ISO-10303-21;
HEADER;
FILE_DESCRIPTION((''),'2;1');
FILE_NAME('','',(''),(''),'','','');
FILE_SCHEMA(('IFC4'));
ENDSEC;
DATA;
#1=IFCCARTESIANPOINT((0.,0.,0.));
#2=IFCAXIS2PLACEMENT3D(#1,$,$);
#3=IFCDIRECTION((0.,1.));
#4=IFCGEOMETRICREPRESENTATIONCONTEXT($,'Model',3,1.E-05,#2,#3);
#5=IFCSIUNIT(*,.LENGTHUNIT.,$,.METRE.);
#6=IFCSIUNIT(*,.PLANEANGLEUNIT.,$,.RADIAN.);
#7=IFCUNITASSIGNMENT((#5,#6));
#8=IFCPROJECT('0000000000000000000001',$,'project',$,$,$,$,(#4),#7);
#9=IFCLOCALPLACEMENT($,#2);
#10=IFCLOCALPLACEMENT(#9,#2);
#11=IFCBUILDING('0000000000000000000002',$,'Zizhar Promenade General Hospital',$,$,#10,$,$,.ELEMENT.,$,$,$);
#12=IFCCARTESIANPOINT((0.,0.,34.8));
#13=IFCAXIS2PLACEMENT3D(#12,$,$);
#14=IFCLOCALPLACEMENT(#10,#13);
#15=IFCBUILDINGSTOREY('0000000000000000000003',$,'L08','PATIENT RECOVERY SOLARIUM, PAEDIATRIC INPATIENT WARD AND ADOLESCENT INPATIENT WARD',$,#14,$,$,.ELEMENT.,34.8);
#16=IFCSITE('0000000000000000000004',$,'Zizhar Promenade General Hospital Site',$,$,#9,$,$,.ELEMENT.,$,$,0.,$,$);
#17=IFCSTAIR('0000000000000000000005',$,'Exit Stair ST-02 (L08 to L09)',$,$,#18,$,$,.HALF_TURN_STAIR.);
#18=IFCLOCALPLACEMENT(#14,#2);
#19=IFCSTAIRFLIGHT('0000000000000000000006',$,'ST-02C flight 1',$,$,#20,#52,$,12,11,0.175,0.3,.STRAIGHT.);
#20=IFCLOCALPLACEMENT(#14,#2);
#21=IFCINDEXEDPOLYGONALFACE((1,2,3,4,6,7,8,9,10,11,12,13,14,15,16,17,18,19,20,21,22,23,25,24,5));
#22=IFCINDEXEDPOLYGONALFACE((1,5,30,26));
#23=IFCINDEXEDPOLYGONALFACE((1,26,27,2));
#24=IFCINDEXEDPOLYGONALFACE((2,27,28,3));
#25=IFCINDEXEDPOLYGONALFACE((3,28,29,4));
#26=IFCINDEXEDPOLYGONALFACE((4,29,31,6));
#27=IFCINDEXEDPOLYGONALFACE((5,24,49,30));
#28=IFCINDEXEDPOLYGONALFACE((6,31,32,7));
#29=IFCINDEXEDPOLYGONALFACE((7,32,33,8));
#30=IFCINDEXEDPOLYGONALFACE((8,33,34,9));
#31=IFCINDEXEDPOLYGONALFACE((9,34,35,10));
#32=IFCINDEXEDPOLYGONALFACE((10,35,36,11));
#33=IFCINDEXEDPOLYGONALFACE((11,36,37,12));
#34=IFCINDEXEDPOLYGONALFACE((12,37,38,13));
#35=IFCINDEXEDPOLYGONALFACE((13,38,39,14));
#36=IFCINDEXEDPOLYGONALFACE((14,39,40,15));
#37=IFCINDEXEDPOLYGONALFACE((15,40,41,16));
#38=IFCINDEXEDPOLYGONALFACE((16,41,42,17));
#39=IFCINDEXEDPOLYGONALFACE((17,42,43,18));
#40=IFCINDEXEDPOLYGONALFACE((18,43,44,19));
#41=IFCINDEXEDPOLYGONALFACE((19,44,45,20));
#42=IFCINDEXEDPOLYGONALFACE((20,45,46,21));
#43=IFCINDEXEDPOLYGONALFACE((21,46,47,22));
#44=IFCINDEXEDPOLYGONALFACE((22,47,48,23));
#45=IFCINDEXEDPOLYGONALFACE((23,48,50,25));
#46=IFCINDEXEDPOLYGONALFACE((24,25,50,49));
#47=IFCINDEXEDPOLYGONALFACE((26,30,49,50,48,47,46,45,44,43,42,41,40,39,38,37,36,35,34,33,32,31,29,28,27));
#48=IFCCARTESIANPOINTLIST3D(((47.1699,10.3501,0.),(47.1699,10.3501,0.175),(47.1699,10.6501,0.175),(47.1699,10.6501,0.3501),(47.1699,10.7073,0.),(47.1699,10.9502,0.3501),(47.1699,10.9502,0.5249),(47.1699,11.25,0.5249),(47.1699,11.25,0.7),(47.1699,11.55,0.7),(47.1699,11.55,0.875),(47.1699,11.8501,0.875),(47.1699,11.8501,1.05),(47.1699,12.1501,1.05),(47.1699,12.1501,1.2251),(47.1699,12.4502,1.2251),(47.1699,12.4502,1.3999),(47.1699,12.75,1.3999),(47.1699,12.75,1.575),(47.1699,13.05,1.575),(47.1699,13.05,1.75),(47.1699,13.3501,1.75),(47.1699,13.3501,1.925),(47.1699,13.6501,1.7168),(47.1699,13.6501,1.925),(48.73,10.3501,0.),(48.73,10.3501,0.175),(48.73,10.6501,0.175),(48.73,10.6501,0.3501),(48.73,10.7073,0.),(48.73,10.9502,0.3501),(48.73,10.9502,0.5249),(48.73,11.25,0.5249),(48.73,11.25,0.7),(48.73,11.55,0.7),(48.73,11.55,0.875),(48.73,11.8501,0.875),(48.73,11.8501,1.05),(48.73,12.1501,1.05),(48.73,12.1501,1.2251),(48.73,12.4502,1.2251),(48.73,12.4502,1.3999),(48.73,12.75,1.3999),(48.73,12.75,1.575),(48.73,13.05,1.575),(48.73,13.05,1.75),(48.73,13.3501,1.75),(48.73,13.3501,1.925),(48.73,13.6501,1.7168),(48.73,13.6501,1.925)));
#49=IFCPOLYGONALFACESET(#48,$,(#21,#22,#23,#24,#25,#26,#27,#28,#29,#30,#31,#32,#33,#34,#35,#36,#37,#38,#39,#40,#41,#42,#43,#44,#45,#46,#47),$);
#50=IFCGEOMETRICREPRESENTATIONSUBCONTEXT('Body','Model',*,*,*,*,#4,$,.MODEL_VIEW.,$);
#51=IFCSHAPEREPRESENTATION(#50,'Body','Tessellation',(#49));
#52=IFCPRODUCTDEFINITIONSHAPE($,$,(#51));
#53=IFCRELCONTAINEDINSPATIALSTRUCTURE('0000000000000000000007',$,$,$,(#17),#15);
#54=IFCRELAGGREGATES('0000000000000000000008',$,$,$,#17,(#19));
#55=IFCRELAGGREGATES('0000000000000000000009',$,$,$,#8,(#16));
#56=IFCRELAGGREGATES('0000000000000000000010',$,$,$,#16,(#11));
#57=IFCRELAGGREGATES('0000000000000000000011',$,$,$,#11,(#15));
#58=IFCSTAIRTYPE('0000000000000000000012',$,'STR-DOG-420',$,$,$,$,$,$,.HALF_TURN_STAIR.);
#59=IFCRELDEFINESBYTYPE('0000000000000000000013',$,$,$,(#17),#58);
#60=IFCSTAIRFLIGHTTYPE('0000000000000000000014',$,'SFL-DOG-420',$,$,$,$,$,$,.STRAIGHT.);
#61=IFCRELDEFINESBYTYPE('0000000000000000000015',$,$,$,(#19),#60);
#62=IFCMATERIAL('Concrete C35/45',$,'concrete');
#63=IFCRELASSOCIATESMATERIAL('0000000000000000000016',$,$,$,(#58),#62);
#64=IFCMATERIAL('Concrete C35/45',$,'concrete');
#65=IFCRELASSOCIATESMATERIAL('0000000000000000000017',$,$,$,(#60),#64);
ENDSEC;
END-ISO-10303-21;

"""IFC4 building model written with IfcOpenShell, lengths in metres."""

from ifc_helpers import new_model, si_unit, direction, frame, origin, place, context, subcontext, project, spatial, polyline, outline, extrude, material, type_object, element, aggregate, save


model = new_model("IFC4")

# Units and contexts
model_context = context("Model", 3, precision=1e-05, world=origin(), true_north=direction((0.0, 1.0)))
body_context = subcontext(model_context, "Body", "Model", "MODEL_VIEW")
ifc_project = project(units=[si_unit("LENGTHUNIT", "METRE"), si_unit("PLANEANGLEUNIT", "RADIAN")], contexts=[model_context])

# Site, building, storey
site_placement = place(None, origin())
site = spatial("IfcSite", under=ifc_project, at=site_placement, Name="Zizhar Promenade General Hospital Site", CompositionType="ELEMENT", RefElevation=0.0)
building_placement = place(site_placement, origin())
building = spatial("IfcBuilding", under=site, at=building_placement, Name="Zizhar Promenade General Hospital", CompositionType="ELEMENT")
storey_placement = place(building_placement, frame((0.0, 0.0, 34.8)))
storey = spatial("IfcBuildingStorey", under=building, at=storey_placement, Name="L08", Description="PATIENT RECOVERY SOLARIUM, PAEDIATRIC INPATIENT WARD AND ADOLESCENT INPATIENT WARD", CompositionType="ELEMENT", Elevation=34.8)

# Stair, stair flight
ifc_material_1 = material(Name="Concrete C35/45", Category="concrete")
stair_type = type_object("IfcStairType", Name="STR-DOG-420", PredefinedType="HALF_TURN_STAIR", material=ifc_material_1)
stair_placement = place(storey_placement, origin())
stair = element("IfcStair", 1, at=stair_placement, inside=storey, type_object=stair_type, Name="Exit Stair ST-02 (L08 to L09)", PredefinedType="HALF_TURN_STAIR")
ifc_material_2 = material(Name="Concrete C35/45", Category="concrete")
stair_flight_type = type_object("IfcStairFlightType", Name="SFL-DOG-420", PredefinedType="STRAIGHT", material=ifc_material_2)
stair_flight_placement = place(storey_placement, frame((47.95, 10.3501, 0.0), z_axis=(0.0, 0.0, 1.0), x_axis=(0.0, 1.0, 0.0)))
stair_flight = element("IfcStairFlight", 2, at=stair_flight_placement, type_object=stair_flight_type, Name="ST-02C flight 1", NumberOfRisers=12, NumberOfTreads=11, PredefinedType="STRAIGHT", RiserHeight=0.175, TreadLength=0.3, context=body_context, shape_type="SweptSolid", body=[
    extrude(outline(polyline([(0.0, 0.0), (0.0, 0.175), (0.3, 0.175), (0.3, 0.3501), (0.6001, 0.3501), (0.6001, 0.5249), (0.8999, 0.5249), (0.8999, 0.7), (1.2, 0.7), (1.2, 0.875), (1.5, 0.875), (1.5, 1.05), (1.8, 1.05), (1.8, 1.2251), (2.1001, 1.2251), (2.1001, 1.3999), (2.3999, 1.3999), (2.3999, 1.575), (2.7, 1.575), (2.7, 1.75), (3.0, 1.75), (3.0, 1.925), (3.3, 1.925), (3.3, 2.1001), (3.3, 1.7168), (0.3572, 0.0), (0.0, 0.0)])), frame((0.0, 0.78, 0.0), z_axis=(0.0, -1.0, 0.0), x_axis=(1.0, 0.0, 0.0)), (0.0, 0.0, 1.0), 1.5601),
])
aggregate(stair, [stair_flight])

save(model, "model.ifc")
